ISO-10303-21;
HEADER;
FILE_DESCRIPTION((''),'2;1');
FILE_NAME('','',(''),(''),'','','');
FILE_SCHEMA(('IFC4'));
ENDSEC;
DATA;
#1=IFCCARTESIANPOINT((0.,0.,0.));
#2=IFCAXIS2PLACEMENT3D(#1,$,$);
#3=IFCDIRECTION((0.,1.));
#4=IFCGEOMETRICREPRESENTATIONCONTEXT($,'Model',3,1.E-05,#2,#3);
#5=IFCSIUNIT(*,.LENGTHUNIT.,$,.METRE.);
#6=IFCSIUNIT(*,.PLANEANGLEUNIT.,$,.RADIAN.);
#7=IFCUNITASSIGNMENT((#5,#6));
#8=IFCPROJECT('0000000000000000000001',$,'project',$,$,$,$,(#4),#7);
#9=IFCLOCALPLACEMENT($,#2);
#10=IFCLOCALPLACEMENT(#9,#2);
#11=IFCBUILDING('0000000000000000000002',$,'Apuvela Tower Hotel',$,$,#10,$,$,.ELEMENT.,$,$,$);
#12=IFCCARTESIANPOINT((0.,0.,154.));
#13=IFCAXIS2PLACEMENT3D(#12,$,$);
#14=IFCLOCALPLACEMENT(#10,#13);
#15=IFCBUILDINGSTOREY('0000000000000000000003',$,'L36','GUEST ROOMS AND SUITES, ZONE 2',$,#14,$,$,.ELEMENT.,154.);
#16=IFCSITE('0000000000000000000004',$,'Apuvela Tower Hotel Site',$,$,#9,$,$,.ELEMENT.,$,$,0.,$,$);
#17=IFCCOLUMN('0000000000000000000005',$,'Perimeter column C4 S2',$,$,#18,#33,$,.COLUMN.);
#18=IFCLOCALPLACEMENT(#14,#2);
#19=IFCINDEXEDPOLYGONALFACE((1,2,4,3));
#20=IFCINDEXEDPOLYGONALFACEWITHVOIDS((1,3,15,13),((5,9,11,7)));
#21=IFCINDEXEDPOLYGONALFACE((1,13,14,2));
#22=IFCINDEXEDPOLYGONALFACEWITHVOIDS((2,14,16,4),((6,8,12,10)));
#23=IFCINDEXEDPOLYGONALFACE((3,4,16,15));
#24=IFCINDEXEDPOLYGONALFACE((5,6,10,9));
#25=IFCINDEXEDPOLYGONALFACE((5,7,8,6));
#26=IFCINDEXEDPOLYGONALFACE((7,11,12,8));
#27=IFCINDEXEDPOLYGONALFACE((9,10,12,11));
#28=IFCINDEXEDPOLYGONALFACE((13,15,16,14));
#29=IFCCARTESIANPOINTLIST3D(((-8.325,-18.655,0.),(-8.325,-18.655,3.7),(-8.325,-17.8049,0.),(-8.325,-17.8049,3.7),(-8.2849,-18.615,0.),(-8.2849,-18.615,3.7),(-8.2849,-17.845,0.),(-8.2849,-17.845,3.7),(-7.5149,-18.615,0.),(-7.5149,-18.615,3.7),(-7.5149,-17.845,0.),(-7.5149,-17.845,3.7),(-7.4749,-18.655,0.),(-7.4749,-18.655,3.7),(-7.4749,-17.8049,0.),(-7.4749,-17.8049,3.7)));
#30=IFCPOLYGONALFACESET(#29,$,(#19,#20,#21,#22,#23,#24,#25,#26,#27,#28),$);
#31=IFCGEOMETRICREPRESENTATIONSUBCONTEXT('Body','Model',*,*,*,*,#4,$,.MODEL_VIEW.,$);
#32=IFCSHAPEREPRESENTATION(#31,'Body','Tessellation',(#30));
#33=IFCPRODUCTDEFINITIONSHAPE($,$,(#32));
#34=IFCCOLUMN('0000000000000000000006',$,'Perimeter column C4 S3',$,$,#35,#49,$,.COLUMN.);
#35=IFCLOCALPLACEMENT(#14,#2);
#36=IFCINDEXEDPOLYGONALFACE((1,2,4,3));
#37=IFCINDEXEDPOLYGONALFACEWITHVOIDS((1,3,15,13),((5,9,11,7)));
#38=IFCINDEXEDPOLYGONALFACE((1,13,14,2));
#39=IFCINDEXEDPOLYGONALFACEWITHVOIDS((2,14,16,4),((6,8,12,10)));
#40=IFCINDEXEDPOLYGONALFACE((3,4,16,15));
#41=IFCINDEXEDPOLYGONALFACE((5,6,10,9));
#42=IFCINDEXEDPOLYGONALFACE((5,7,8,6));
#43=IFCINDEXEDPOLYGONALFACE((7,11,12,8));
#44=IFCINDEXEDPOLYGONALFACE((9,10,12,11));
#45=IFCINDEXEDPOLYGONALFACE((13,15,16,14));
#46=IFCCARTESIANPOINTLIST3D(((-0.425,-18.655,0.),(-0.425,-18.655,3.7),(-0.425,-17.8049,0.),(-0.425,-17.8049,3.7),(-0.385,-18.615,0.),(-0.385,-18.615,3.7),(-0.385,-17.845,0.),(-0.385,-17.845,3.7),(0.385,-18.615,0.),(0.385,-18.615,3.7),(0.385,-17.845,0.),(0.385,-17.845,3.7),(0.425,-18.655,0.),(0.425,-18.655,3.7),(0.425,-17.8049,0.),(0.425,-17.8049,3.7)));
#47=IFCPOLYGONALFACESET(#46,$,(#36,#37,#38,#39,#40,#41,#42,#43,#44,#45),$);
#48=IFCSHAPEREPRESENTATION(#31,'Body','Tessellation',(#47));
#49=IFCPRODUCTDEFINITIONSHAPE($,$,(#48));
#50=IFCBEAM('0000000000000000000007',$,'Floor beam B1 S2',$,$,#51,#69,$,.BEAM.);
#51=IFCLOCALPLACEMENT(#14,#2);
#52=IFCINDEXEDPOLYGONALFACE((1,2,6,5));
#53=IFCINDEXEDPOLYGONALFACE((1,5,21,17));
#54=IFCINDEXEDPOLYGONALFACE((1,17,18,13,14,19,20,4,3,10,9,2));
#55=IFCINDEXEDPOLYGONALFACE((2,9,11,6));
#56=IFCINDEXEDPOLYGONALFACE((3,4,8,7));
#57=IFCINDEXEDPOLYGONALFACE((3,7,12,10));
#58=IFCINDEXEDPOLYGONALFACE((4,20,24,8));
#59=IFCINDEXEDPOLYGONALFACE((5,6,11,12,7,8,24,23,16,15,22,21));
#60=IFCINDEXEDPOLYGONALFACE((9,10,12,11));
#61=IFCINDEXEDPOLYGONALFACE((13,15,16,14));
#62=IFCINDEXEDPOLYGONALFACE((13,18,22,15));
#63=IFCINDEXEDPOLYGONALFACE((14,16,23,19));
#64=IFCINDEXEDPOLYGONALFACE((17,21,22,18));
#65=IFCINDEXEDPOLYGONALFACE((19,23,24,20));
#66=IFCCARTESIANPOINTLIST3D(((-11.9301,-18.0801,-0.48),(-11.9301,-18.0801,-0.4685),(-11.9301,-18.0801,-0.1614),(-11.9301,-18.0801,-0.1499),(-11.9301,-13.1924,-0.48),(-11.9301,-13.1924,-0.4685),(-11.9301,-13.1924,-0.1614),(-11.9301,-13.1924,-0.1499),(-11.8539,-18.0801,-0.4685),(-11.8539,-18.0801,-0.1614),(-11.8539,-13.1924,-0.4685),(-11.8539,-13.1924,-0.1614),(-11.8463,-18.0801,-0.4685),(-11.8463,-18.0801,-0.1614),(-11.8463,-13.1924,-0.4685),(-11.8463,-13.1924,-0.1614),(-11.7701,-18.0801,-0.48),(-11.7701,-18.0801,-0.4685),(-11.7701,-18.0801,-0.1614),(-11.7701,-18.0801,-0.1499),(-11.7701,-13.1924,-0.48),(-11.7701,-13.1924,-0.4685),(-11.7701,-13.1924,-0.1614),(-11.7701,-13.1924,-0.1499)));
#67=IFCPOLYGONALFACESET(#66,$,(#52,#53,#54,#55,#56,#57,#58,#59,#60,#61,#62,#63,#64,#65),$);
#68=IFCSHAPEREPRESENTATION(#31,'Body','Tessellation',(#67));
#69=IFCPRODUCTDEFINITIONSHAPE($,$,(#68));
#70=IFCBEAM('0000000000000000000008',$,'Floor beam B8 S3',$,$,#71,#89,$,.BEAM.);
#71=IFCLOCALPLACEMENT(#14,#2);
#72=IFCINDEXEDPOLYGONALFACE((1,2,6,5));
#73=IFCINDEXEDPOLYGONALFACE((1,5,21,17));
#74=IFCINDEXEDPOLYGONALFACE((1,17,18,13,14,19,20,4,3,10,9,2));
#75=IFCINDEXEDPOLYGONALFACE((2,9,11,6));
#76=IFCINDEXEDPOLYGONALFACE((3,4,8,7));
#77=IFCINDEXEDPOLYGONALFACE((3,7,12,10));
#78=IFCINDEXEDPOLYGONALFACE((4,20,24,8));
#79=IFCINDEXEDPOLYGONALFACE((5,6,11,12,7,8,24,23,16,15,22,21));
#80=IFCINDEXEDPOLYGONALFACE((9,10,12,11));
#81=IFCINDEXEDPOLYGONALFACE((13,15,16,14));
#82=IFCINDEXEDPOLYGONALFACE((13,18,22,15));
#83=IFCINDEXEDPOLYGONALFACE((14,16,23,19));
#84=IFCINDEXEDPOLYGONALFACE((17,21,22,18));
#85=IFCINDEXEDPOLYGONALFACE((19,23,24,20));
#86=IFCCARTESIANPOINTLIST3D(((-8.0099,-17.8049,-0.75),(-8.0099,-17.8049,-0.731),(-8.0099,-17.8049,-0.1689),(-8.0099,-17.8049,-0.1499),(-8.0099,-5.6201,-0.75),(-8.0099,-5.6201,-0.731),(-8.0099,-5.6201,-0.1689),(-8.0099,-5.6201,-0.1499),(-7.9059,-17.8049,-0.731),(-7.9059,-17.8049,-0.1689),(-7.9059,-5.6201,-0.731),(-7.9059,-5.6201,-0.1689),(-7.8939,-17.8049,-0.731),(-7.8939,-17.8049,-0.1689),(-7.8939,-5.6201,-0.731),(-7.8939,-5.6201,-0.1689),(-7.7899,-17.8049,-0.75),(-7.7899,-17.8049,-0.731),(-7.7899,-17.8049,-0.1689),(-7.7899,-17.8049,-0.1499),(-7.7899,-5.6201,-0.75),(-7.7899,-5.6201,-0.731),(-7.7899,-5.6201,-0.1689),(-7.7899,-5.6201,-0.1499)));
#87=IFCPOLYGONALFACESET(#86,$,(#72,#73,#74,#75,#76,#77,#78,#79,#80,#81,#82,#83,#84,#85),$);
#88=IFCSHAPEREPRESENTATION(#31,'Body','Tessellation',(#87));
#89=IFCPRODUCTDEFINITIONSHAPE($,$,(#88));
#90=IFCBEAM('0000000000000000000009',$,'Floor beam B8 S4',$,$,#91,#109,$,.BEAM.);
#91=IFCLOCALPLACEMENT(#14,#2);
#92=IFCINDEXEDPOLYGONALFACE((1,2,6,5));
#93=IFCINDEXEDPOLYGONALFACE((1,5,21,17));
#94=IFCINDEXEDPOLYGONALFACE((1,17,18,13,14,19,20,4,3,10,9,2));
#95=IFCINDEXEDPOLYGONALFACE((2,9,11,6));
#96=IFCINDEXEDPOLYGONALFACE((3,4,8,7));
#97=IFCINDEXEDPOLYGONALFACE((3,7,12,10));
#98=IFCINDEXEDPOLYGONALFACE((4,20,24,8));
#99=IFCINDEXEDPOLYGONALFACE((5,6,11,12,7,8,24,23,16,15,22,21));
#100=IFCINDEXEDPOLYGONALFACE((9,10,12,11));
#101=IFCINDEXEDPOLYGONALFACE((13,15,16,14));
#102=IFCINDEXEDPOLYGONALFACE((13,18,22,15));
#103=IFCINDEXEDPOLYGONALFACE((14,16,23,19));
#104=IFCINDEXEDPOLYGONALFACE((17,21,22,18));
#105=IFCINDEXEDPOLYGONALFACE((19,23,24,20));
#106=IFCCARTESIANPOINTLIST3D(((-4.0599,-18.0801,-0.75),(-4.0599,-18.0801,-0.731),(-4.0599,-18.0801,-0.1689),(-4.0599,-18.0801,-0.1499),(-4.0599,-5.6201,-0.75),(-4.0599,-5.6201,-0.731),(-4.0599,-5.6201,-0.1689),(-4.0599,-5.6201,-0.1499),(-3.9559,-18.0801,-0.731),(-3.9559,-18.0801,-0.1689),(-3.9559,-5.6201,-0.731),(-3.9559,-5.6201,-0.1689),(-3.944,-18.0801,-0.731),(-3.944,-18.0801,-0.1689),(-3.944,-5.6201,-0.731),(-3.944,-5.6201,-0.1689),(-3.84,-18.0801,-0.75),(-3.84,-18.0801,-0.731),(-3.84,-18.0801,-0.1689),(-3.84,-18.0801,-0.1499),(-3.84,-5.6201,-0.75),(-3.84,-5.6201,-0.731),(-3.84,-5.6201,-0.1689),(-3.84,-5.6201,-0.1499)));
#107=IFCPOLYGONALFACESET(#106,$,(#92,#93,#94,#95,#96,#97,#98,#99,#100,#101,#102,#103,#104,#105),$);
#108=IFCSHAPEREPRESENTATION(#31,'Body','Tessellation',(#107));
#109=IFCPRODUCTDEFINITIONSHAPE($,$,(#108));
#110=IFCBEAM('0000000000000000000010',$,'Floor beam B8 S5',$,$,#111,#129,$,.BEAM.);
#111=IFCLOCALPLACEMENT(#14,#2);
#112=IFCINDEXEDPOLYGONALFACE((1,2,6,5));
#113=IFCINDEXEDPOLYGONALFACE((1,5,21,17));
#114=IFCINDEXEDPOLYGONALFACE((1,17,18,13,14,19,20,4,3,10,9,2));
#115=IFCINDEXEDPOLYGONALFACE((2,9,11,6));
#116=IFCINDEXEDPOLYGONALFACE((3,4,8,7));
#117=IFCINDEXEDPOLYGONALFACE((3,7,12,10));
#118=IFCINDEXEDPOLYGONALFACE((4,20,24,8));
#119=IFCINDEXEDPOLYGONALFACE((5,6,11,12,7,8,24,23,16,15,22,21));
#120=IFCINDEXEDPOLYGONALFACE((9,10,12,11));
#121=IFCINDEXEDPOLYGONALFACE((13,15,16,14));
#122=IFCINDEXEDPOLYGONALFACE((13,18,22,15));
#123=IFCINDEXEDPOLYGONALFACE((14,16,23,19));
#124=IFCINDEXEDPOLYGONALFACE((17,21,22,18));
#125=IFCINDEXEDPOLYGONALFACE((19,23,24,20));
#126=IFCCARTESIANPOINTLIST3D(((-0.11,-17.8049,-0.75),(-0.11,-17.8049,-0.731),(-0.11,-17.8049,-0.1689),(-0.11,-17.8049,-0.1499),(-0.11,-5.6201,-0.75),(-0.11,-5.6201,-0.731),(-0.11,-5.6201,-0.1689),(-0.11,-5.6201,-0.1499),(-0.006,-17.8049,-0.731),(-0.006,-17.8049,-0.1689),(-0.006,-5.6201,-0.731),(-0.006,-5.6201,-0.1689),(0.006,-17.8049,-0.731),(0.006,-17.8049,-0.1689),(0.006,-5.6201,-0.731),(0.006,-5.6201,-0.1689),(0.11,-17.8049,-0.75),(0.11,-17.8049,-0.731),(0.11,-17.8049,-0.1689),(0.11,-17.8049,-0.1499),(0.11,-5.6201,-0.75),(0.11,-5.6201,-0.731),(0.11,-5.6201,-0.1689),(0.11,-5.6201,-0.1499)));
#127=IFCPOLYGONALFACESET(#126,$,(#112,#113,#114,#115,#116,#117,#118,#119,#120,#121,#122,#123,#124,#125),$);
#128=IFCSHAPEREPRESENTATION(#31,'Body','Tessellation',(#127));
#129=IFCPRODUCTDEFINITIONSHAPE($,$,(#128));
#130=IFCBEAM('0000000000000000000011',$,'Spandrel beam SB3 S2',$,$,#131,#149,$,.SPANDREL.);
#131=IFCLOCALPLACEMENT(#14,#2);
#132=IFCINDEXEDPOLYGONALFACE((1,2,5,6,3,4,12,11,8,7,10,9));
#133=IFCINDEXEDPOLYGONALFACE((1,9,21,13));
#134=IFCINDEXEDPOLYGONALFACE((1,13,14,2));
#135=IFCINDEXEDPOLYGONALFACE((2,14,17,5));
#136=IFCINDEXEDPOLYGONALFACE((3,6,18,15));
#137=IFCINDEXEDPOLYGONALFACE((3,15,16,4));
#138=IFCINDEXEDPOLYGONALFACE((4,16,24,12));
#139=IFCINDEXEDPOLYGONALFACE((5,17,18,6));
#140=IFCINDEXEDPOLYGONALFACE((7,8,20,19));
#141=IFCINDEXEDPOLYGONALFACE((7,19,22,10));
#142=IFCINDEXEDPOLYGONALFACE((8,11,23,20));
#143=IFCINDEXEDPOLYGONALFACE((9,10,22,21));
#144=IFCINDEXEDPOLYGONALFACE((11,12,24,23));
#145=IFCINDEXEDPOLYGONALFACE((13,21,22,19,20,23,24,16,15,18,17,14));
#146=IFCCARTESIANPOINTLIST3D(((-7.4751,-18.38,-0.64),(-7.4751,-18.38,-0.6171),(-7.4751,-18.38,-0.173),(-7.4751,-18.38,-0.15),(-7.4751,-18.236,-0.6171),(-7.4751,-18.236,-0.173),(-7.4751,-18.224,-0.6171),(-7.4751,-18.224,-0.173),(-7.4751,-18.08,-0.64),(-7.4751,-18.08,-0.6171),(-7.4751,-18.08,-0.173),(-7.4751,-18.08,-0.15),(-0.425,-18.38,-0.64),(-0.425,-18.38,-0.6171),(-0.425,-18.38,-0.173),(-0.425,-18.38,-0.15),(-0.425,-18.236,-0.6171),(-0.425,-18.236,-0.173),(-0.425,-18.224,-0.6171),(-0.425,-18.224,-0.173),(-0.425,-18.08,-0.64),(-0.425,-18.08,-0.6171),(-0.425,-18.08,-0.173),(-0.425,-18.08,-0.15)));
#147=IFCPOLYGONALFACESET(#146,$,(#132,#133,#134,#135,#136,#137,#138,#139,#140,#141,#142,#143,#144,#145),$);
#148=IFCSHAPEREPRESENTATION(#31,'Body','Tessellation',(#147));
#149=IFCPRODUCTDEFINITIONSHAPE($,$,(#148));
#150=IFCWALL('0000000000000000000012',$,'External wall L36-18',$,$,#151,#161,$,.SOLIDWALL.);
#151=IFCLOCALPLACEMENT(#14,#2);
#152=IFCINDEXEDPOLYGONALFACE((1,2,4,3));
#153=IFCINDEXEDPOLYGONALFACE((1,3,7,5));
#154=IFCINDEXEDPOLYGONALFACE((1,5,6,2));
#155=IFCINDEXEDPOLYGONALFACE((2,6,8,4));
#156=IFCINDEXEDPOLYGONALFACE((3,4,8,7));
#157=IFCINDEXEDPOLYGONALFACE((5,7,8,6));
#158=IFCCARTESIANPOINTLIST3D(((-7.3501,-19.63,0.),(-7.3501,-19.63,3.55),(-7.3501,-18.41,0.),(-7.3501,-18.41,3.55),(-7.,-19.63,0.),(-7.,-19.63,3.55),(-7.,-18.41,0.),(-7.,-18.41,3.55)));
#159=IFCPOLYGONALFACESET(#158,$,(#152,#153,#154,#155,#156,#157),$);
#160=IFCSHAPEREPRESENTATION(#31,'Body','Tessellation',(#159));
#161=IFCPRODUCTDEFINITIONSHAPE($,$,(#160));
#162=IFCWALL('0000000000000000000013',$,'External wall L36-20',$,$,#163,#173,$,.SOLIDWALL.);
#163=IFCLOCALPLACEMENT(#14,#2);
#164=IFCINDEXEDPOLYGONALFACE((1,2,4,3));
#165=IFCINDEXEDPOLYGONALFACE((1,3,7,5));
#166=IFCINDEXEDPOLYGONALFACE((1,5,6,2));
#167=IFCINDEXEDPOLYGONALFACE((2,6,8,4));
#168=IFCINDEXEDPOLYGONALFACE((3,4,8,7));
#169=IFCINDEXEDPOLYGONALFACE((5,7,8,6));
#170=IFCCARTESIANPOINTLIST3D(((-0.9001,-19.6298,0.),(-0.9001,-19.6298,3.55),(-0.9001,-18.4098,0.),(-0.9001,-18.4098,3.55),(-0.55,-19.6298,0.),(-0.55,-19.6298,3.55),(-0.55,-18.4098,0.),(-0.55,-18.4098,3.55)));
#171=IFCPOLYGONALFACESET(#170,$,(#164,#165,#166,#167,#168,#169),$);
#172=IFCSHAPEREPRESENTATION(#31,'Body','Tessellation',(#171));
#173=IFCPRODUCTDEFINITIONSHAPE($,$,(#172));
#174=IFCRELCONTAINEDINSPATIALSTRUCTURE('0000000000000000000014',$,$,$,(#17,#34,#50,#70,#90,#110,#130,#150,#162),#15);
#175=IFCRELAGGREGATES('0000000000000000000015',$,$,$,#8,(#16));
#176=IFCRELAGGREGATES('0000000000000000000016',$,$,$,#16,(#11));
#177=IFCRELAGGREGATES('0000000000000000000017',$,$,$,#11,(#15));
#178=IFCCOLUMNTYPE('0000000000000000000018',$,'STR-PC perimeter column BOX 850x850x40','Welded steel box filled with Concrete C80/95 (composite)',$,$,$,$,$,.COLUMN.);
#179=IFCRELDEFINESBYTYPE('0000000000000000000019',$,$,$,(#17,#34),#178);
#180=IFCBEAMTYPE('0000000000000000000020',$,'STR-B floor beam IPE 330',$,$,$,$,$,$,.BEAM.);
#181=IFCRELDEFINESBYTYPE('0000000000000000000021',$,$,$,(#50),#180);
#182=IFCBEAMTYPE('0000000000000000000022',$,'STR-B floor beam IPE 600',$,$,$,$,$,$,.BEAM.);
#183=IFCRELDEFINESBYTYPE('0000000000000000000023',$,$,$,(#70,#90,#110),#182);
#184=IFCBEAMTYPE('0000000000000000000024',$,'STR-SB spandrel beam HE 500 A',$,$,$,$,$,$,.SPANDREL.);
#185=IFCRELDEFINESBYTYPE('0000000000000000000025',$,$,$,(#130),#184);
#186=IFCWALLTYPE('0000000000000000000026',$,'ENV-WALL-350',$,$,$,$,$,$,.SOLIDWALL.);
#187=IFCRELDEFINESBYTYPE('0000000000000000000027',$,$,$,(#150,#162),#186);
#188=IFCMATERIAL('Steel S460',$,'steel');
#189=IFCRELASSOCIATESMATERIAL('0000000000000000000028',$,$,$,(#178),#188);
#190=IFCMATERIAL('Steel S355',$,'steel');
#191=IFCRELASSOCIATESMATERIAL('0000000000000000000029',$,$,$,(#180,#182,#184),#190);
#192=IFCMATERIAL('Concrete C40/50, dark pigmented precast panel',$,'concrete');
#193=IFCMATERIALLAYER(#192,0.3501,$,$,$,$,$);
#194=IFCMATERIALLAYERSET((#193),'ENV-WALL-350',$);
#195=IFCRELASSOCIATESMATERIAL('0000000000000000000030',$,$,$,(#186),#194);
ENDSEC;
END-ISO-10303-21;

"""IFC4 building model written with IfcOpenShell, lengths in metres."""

from ifc_helpers import new_model, si_unit, direction, frame, frame_2d, origin, origin_2d, place, context, subcontext, project, spatial, rectangle, hollow_rectangle, i_section, extrude, material, layer, layer_set, material_profile, profile_set, type_object, element, save


model = new_model("IFC4")

# Units and contexts
model_context = context("Model", 3, precision=1e-05, world=origin(), true_north=direction((0.0, 1.0)))
body_context = subcontext(model_context, "Body", "Model", "MODEL_VIEW")
ifc_project = project(units=[si_unit("LENGTHUNIT", "METRE"), si_unit("PLANEANGLEUNIT", "RADIAN")], contexts=[model_context])

# Site, building, storey
site_placement = place(None, origin())
site = spatial("IfcSite", under=ifc_project, at=site_placement, Name="Apuvela Tower Hotel Site", CompositionType="ELEMENT", RefElevation=0.0)
building_placement = place(site_placement, origin())
building = spatial("IfcBuilding", under=site, at=building_placement, Name="Apuvela Tower Hotel", CompositionType="ELEMENT")
storey_placement = place(building_placement, frame((0.0, 0.0, 154.0)))
storey = spatial("IfcBuildingStorey", under=building, at=storey_placement, Name="L36", Description="GUEST ROOMS AND SUITES, ZONE 2", CompositionType="ELEMENT", Elevation=154.0)

# Columns
ifc_material_1 = material(Name="Steel S460", Category="steel")
ifc_material_profile_1 = material_profile(ifc_material_1, hollow_rectangle(XDim=0.8501, YDim=0.8501, WallThickness=0.04, at=origin_2d()), Name="BOX 850x850x40")
ifc_material_2 = material(Name="Concrete C80/95", Category="concrete")
ifc_material_profile_2 = material_profile(ifc_material_2, rectangle(XDim=0.77, YDim=0.77, at=origin_2d()), Name="Concrete C80/95 infill")
ifc_profile_set_1 = profile_set([ifc_material_profile_1, ifc_material_profile_2], Name="Steel S460")
column_type = type_object("IfcColumnType", Name="STR-PC perimeter column BOX 850x850x40", Description="Welded steel box filled with Concrete C80/95 (composite)", PredefinedType="COLUMN", material=ifc_profile_set_1)
for number, where, z_axis, x_axis, name in (
    (1, (-7.8999, -18.23, 0.0), (0.0, 0.0, 1.0), (-1.0, 0.0, 0.0), "Perimeter column C4 S2"),
    (2, (0.0, -18.23, 0.0), (0.0, 0.0, 1.0), (-1.0, 0.0, 0.0), "Perimeter column C4 S3"),
):
    element("IfcColumn", number, at=place(storey_placement, frame(where, z_axis=z_axis, x_axis=x_axis)), inside=storey, type_object=column_type, Name=name, PredefinedType="COLUMN", context=body_context, shape_type="SweptSolid", body=[
        extrude(hollow_rectangle(XDim=0.8501, YDim=0.8501, WallThickness=0.04, at=origin_2d()), origin(), (0.0, 0.0, 1.0), 3.7),
    ])

# Beams
ifc_material_3 = material(Name="Steel S355", Category="steel")
ifc_material_profile_3 = material_profile(ifc_material_3, i_section(OverallWidth=0.1599, OverallDepth=0.3301, WebThickness=0.0076, FlangeThickness=0.0115, at=origin_2d()), Name="IPE 330")
ifc_profile_set_2 = profile_set([ifc_material_profile_3], Name="Steel S355")
beam_type_1 = type_object("IfcBeamType", Name="STR-B floor beam IPE 330", PredefinedType="BEAM", material=ifc_profile_set_2)
beam_1_placement = place(storey_placement, frame((-11.8501, -18.0801, -0.3149), z_axis=(0.0, 1.0, 0.0), x_axis=(-1.0, 0.0, 0.0)))
element("IfcBeam", 3, at=beam_1_placement, inside=storey, type_object=beam_type_1, Name="Floor beam B1 S2", PredefinedType="BEAM", context=body_context, shape_type="SweptSolid", body=[
    extrude(i_section(OverallWidth=0.1599, OverallDepth=0.3301, WebThickness=0.0076, FlangeThickness=0.0115, at=origin_2d()), origin(), (0.0, 0.0, 1.0), 4.8877),
])
ifc_material_profile_4 = material_profile(ifc_material_3, i_section(OverallWidth=0.22, OverallDepth=0.6001, WebThickness=0.012, FlangeThickness=0.019, at=origin_2d()), Name="IPE 600")
ifc_profile_set_3 = profile_set([ifc_material_profile_4], Name="Steel S355")
beam_type_2 = type_object("IfcBeamType", Name="STR-B floor beam IPE 600", PredefinedType="BEAM", material=ifc_profile_set_3)
beam_2_placement = place(storey_placement, frame((-7.8999, -17.8049, -0.45), z_axis=(0.0, 1.0, 0.0), x_axis=(-1.0, 0.0, 0.0)))
element("IfcBeam", 4, at=beam_2_placement, inside=storey, type_object=beam_type_2, Name="Floor beam B8 S3", PredefinedType="BEAM", context=body_context, shape_type="SweptSolid", body=[
    extrude(i_section(OverallWidth=0.22, OverallDepth=0.6001, WebThickness=0.012, FlangeThickness=0.019, at=origin_2d()), origin(), (0.0, 0.0, 1.0), 12.1848),
])
beam_3_placement = place(storey_placement, frame((-3.95, -18.0801, -0.45), z_axis=(0.0, 1.0, 0.0), x_axis=(-1.0, 0.0, 0.0)))
element("IfcBeam", 5, at=beam_3_placement, inside=storey, type_object=beam_type_2, Name="Floor beam B8 S4", PredefinedType="BEAM", context=body_context, shape_type="SweptSolid", body=[
    extrude(i_section(OverallWidth=0.22, OverallDepth=0.6001, WebThickness=0.012, FlangeThickness=0.019, at=origin_2d()), origin(), (0.0, 0.0, 1.0), 12.46),
])
beam_4_placement = place(storey_placement, frame((0.0, -17.8049, -0.45), z_axis=(0.0, 1.0, 0.0), x_axis=(-1.0, 0.0, 0.0)))
element("IfcBeam", 6, at=beam_4_placement, inside=storey, type_object=beam_type_2, Name="Floor beam B8 S5", PredefinedType="BEAM", context=body_context, shape_type="SweptSolid", body=[
    extrude(i_section(OverallWidth=0.22, OverallDepth=0.6001, WebThickness=0.012, FlangeThickness=0.019, at=origin_2d()), origin(), (0.0, 0.0, 1.0), 12.1848),
])
ifc_material_profile_5 = material_profile(ifc_material_3, i_section(OverallWidth=0.3, OverallDepth=0.49, WebThickness=0.012, FlangeThickness=0.0229, at=origin_2d()), Name="HE 500 A")
ifc_profile_set_4 = profile_set([ifc_material_profile_5], Name="Steel S355")
beam_type_3 = type_object("IfcBeamType", Name="STR-SB spandrel beam HE 500 A", PredefinedType="SPANDREL", material=ifc_profile_set_4)
beam_5_placement = place(storey_placement, frame((-7.4751, -18.23, -0.395), z_axis=(1.0, 0.0, 0.0), x_axis=(0.0, 1.0, 0.0)))
element("IfcBeam", 7, at=beam_5_placement, inside=storey, type_object=beam_type_3, Name="Spandrel beam SB3 S2", PredefinedType="SPANDREL", context=body_context, shape_type="SweptSolid", body=[
    extrude(i_section(OverallWidth=0.3, OverallDepth=0.49, WebThickness=0.012, FlangeThickness=0.0229, at=origin_2d()), origin(), (0.0, 0.0, 1.0), 7.05),
])

# Wall
ifc_material_4 = material(Name="Concrete C40/50, dark pigmented precast panel", Category="concrete")
ifc_layer_1 = layer(ifc_material_4, 0.3501)
ifc_layer_set_1 = layer_set([ifc_layer_1], Name="ENV-WALL-350")
wall_type_1 = type_object("IfcWallType", Name="ENV-WALL-350", PredefinedType="SOLIDWALL", material=ifc_layer_set_1)
wall_1_placement = place(storey_placement, frame((-7.175, -19.6299, 0.0), z_axis=(0.0, 0.0, 1.0), x_axis=(0.0, 1.0, 0.0)))
element("IfcWall", 8, at=wall_1_placement, inside=storey, type_object=wall_type_1, Name="External wall L36-18", PredefinedType="SOLIDWALL", context=body_context, shape_type="SweptSolid", body=[
    extrude(rectangle(XDim=1.22, YDim=0.3501, at=frame_2d((0.6099, 0.0))), origin(), (0.0, 0.0, 1.0), 3.55),
])

# Wall
wall_2_placement = place(storey_placement, frame((-0.7251, -18.4099, 0.0), z_axis=(0.0, 0.0, 1.0), x_axis=(0.0, -1.0, 0.0)))
element("IfcWall", 9, at=wall_2_placement, inside=storey, type_object=wall_type_1, Name="External wall L36-20", PredefinedType="SOLIDWALL", context=body_context, shape_type="SweptSolid", body=[
    extrude(rectangle(XDim=1.22, YDim=0.3501, at=frame_2d((0.6099, 0.0))), origin(), (0.0, 0.0, 1.0), 3.55),
])

save(model, "model.ifc")
